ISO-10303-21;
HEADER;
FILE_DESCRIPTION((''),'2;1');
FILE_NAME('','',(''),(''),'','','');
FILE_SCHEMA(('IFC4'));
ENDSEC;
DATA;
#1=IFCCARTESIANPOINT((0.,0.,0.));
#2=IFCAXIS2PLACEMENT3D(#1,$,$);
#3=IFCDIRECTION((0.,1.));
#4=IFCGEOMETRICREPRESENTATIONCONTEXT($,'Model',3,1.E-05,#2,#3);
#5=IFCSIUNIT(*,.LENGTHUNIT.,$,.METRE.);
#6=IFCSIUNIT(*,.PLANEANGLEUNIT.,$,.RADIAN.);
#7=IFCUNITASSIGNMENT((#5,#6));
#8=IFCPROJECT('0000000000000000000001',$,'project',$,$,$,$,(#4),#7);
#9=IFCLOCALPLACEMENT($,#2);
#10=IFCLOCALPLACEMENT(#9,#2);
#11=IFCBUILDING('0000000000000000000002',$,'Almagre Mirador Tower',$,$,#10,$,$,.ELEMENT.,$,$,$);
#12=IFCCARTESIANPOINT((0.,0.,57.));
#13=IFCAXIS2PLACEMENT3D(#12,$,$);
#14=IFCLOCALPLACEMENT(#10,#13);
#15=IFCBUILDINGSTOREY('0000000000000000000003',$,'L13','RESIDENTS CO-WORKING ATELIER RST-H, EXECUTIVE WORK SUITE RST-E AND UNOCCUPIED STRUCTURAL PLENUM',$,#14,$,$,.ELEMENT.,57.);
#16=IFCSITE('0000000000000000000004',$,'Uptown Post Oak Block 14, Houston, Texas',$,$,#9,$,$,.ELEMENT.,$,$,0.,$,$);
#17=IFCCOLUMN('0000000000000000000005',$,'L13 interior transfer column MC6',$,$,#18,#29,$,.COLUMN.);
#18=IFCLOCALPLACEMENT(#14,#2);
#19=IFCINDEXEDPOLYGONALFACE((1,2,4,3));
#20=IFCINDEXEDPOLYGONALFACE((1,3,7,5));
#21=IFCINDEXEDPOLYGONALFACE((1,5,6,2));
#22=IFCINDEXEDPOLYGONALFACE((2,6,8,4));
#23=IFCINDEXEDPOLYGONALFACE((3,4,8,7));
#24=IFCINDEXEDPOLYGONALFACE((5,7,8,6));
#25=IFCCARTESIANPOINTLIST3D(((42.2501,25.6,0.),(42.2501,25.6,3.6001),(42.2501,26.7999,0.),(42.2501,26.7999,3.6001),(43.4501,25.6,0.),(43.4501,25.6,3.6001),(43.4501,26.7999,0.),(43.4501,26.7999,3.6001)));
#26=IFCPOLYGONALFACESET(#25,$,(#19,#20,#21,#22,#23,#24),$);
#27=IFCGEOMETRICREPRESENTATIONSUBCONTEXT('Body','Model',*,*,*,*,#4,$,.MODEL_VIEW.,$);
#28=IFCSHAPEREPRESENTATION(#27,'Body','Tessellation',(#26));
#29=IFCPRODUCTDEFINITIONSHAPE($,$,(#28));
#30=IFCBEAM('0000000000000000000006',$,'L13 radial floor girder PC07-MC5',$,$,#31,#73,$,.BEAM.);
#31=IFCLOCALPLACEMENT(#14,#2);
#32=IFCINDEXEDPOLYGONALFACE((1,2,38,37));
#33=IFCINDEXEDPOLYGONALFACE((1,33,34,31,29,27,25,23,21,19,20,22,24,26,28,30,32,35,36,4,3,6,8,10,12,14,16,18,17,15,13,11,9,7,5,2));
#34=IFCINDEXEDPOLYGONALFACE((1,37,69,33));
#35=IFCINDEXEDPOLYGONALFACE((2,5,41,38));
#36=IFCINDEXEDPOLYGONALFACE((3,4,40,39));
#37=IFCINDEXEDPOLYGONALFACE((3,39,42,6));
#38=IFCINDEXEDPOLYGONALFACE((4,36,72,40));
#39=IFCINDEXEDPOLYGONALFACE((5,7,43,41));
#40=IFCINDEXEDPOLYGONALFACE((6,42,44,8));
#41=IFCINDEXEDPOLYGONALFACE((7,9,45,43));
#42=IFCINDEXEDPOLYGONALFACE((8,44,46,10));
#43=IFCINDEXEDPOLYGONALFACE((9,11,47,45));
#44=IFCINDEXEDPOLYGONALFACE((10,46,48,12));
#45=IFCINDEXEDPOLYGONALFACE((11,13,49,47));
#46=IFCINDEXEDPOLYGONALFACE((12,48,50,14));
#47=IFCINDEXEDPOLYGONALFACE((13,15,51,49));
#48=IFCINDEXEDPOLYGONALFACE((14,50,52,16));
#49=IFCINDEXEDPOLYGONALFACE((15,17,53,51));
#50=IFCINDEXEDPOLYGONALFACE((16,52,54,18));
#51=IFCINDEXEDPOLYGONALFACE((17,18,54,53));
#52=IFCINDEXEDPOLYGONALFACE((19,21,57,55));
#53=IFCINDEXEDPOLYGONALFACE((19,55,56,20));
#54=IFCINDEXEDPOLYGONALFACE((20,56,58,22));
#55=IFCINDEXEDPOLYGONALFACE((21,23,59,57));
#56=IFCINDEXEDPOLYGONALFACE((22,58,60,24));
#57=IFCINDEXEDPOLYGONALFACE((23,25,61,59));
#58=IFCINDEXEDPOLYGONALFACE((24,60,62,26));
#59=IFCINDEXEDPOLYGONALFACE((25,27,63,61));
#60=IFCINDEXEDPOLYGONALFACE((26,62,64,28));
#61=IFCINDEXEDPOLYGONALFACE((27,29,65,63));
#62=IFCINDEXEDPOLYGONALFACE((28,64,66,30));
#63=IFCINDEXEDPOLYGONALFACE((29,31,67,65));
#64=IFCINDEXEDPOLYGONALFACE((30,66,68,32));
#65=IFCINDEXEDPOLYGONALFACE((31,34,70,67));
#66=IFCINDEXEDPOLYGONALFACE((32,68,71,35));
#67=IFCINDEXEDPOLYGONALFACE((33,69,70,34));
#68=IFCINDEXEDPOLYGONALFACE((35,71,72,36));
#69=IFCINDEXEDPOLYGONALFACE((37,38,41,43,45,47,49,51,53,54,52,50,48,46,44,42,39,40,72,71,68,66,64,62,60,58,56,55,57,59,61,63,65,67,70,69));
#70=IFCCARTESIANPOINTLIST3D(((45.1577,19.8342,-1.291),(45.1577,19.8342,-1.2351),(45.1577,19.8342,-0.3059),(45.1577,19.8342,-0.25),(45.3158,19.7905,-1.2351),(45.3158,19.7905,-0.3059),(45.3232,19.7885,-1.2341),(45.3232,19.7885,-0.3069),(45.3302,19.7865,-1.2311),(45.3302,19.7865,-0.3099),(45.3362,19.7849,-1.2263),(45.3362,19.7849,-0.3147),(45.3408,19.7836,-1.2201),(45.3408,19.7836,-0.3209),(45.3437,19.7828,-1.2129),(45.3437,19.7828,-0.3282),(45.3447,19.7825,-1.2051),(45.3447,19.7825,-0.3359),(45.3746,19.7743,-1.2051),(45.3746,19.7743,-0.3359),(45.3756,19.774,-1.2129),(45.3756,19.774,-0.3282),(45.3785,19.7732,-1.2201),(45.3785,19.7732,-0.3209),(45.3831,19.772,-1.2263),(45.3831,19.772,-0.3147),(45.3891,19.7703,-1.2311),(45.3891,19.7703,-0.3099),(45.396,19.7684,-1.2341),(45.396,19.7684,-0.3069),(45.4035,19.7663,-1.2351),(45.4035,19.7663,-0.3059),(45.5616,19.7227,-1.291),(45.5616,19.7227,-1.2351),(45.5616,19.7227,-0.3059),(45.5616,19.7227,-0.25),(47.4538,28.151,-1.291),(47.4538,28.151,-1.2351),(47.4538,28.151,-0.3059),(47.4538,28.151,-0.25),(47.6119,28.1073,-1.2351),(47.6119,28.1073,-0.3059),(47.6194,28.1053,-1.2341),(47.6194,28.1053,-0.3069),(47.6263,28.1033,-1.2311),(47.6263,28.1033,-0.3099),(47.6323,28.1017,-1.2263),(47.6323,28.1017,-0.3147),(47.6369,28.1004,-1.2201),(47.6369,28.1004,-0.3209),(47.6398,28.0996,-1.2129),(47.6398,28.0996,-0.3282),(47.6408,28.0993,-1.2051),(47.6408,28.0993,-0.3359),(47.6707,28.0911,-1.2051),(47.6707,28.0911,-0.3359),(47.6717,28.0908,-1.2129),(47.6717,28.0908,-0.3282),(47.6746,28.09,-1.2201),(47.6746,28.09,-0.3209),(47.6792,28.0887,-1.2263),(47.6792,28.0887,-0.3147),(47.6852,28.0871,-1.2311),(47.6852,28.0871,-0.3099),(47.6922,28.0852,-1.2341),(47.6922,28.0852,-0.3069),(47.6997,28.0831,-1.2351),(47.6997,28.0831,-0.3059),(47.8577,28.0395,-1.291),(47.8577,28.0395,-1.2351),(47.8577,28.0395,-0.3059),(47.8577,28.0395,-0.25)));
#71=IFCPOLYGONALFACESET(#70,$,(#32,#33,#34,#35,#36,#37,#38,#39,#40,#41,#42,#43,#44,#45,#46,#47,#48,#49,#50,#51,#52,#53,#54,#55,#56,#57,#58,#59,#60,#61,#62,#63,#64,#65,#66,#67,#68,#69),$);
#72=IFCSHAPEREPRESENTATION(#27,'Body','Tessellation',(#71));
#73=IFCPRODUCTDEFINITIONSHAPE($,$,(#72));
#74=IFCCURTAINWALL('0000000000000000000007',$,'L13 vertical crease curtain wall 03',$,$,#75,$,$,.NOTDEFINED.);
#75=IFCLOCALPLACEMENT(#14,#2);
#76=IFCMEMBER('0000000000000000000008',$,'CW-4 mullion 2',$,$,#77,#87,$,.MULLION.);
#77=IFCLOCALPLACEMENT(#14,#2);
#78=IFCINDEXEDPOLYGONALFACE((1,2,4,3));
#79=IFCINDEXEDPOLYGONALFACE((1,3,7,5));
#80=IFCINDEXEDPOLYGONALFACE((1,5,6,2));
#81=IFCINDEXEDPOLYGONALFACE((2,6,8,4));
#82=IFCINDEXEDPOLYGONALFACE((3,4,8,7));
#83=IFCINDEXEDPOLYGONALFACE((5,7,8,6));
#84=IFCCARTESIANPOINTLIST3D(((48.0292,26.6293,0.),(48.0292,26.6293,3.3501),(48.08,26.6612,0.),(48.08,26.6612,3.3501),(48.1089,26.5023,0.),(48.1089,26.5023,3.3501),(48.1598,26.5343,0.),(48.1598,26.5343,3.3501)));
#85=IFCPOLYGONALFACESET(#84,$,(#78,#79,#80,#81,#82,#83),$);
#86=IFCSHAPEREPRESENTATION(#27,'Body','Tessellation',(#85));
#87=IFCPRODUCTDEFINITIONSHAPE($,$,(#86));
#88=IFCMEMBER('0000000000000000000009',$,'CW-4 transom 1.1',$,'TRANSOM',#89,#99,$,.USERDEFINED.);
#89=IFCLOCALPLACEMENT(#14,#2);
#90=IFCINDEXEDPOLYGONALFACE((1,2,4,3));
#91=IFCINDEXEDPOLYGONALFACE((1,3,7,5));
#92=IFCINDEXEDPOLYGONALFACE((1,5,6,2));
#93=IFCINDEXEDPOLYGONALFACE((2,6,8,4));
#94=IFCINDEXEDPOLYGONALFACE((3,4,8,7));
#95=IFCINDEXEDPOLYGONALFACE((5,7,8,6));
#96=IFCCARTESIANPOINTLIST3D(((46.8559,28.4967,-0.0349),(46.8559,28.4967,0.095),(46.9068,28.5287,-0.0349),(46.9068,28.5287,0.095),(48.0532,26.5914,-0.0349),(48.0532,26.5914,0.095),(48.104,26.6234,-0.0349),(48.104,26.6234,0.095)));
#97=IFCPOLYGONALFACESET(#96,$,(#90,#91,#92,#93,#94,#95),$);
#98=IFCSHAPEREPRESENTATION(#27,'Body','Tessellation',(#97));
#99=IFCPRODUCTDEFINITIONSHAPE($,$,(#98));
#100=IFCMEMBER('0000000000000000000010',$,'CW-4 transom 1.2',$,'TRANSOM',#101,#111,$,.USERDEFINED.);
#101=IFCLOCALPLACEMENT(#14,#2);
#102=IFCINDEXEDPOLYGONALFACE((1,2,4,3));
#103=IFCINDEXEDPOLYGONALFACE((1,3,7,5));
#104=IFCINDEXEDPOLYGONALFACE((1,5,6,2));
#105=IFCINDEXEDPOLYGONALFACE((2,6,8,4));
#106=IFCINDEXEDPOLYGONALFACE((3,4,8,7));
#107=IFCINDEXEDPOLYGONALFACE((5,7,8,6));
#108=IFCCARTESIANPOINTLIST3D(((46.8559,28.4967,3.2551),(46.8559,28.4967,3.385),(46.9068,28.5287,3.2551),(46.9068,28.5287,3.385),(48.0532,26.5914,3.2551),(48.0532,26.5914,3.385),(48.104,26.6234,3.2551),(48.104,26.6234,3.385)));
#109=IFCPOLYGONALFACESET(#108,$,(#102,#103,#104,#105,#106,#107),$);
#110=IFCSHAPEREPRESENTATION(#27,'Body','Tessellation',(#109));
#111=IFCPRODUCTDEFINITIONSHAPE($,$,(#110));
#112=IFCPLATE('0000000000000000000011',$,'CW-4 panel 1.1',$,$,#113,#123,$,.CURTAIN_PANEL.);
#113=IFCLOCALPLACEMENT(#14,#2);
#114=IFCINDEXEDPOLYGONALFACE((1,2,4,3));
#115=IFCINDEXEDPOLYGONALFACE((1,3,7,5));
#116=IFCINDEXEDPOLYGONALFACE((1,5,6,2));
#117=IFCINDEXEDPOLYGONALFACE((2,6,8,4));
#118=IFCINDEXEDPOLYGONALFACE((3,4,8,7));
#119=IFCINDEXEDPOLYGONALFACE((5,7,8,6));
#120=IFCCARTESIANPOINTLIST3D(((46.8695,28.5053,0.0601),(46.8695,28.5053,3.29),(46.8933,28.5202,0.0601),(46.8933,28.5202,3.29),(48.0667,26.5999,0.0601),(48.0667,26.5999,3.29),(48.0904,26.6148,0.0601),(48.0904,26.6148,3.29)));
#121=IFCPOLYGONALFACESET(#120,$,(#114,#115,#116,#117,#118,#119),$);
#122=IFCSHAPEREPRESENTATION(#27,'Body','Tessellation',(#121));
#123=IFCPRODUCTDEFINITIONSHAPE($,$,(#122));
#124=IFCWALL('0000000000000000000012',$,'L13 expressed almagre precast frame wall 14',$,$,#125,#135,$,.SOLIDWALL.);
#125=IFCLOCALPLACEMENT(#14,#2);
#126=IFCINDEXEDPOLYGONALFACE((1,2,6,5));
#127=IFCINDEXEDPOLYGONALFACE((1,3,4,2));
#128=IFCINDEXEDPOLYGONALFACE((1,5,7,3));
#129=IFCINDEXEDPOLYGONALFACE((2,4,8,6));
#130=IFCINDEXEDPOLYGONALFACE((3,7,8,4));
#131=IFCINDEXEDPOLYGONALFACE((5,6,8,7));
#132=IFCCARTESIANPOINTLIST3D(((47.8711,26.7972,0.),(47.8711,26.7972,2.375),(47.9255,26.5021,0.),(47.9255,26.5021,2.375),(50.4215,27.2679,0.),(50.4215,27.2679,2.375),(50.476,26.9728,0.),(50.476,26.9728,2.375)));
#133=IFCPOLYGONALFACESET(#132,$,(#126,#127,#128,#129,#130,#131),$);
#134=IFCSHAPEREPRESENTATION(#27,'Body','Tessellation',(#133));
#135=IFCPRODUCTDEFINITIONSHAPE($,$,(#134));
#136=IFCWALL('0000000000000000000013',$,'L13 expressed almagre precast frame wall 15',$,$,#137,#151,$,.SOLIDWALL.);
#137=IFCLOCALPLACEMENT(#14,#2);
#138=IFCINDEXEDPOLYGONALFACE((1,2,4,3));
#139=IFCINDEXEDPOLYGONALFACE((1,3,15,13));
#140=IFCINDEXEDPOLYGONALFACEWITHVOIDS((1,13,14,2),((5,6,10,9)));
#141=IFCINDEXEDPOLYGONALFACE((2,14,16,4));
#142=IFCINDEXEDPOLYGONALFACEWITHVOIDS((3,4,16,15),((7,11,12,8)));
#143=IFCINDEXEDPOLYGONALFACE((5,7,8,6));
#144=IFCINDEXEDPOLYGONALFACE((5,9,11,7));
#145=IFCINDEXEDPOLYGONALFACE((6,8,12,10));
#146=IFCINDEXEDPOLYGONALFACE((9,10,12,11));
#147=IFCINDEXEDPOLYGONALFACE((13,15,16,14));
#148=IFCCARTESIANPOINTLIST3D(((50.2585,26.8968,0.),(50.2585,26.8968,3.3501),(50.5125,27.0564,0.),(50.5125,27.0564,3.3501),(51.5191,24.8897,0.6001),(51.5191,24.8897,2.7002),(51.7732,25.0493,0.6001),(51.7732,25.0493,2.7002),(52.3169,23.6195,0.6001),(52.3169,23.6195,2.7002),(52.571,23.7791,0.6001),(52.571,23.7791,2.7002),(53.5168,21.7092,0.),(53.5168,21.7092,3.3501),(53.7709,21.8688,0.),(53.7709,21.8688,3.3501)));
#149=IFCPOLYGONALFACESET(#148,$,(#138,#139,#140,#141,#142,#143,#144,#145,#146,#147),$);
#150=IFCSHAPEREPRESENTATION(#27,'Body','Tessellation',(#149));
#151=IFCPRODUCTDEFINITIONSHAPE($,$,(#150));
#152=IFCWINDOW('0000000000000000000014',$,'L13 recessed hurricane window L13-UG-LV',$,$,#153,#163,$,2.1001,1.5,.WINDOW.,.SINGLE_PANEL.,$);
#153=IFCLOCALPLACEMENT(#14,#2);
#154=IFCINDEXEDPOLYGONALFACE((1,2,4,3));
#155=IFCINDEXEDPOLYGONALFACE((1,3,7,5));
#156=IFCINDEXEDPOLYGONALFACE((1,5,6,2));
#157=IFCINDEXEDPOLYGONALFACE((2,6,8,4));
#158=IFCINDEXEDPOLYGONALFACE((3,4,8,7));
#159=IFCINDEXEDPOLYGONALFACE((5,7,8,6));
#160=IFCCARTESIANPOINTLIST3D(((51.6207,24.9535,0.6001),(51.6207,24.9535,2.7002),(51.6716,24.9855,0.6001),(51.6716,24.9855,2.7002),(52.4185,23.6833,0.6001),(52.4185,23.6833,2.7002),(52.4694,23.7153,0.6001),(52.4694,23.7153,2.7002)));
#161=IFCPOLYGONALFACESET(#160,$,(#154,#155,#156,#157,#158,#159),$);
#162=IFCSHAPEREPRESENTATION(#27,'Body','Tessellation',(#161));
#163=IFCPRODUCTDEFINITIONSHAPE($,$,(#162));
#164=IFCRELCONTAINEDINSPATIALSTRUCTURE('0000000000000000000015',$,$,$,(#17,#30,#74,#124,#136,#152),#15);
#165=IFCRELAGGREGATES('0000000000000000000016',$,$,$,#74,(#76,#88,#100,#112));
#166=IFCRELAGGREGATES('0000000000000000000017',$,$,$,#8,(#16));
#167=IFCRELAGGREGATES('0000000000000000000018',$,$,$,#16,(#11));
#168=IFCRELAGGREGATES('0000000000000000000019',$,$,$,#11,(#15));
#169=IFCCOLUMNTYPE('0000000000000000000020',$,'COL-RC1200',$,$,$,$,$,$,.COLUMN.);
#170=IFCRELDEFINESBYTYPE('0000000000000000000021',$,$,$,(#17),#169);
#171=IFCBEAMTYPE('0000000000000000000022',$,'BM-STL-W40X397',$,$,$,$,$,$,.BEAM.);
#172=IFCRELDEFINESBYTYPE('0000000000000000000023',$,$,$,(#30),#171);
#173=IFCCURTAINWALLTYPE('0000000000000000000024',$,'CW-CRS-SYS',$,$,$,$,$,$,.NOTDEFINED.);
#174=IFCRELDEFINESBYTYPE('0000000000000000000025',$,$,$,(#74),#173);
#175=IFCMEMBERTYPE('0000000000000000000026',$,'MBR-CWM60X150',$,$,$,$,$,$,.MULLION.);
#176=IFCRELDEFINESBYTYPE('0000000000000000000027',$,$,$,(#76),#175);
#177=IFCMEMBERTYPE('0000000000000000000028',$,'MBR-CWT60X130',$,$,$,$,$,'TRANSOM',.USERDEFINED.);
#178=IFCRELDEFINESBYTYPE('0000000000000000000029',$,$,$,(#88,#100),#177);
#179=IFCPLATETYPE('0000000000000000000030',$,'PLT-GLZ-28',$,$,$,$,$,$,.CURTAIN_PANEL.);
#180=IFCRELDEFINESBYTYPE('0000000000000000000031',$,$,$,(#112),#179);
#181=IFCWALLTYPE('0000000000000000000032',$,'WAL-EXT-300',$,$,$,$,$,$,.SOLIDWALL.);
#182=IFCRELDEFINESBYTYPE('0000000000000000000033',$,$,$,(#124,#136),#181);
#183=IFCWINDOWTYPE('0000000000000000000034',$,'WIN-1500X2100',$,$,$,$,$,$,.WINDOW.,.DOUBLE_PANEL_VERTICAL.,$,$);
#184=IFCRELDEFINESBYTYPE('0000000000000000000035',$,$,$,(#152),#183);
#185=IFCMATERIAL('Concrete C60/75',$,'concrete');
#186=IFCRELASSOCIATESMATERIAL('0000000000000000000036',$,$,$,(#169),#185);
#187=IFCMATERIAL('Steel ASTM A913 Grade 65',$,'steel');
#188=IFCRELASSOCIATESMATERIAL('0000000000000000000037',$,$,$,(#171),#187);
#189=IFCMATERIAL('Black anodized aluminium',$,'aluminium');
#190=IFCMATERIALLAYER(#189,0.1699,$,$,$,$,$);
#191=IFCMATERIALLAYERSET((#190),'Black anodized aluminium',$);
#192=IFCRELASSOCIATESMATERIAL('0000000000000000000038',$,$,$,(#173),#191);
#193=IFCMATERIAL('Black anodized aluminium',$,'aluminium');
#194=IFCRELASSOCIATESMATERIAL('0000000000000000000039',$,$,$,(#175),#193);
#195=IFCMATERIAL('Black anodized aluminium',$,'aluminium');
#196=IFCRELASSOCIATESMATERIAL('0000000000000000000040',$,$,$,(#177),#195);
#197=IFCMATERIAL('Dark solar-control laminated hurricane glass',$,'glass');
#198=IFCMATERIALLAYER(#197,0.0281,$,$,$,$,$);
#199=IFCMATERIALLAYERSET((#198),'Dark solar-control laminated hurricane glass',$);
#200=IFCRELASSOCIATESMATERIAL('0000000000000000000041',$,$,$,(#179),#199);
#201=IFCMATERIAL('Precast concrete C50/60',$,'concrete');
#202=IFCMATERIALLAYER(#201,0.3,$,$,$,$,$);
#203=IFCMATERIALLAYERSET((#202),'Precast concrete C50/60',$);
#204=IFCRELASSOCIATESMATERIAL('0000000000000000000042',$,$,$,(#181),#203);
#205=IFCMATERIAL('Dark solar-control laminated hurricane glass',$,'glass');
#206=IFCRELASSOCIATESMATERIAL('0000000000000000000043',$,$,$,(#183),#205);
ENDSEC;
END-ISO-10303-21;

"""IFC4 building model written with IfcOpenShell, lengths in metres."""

from ifc_helpers import new_model, si_unit, direction, frame, frame_2d, origin, origin_2d, place, context, subcontext, project, spatial, rectangle, i_section, extrude, material, layer, layer_set, material_profile, profile_set, type_object, element, fill, aggregate, save


model = new_model("IFC4")

# Units and contexts
model_context = context("Model", 3, precision=1e-05, world=origin(), true_north=direction((0.0, 1.0)))
body_context = subcontext(model_context, "Body", "Model", "MODEL_VIEW")
ifc_project = project(units=[si_unit("LENGTHUNIT", "METRE"), si_unit("PLANEANGLEUNIT", "RADIAN")], contexts=[model_context])

# Site, building, storey
site_placement = place(None, origin())
site = spatial("IfcSite", under=ifc_project, at=site_placement, Name="Uptown Post Oak Block 14, Houston, Texas", CompositionType="ELEMENT", RefElevation=0.0)
building_placement = place(site_placement, origin())
building = spatial("IfcBuilding", under=site, at=building_placement, Name="Almagre Mirador Tower", CompositionType="ELEMENT")
storey_placement = place(building_placement, frame((0.0, 0.0, 57.0)))
storey = spatial("IfcBuildingStorey", under=building, at=storey_placement, Name="L13", Description="RESIDENTS CO-WORKING ATELIER RST-H, EXECUTIVE WORK SUITE RST-E AND UNOCCUPIED STRUCTURAL PLENUM", CompositionType="ELEMENT", Elevation=57.0)

# Column
ifc_material_1 = material(Name="Concrete C60/75", Category="concrete")
ifc_material_profile_1 = material_profile(ifc_material_1, rectangle(XDim=1.2, YDim=1.2, at=origin_2d()), Name="RC1200X1200")
ifc_profile_set_1 = profile_set([ifc_material_profile_1], Name="Concrete C60/75")
column_type = type_object("IfcColumnType", Name="COL-RC1200", PredefinedType="COLUMN", material=ifc_profile_set_1)
column_placement = place(storey_placement, frame((42.8501, 26.2, 0.0), z_axis=(0.0, 0.0, 1.0), x_axis=(1.0, 0.0, 0.0)))
element("IfcColumn", 1, at=column_placement, inside=storey, type_object=column_type, Name="L13 interior transfer column MC6", PredefinedType="COLUMN", context=body_context, shape_type="SweptSolid", body=[
    extrude(rectangle(XDim=1.2, YDim=1.2, at=origin_2d()), origin(), (0.0, 0.0, 1.0), 3.6001),
])

# Beam
ifc_material_2 = material(Name="Steel ASTM A913 Grade 65", Category="steel")
ifc_material_profile_2 = material_profile(ifc_material_2, i_section(OverallWidth=0.4189, OverallDepth=1.041, WebThickness=0.031, FlangeThickness=0.0559, FilletRadius=0.03, at=origin_2d()), Name="W40X397")
ifc_profile_set_2 = profile_set([ifc_material_profile_2], Name="Steel ASTM A913 Grade 65")
beam_type = type_object("IfcBeamType", Name="BM-STL-W40X397", PredefinedType="BEAM", material=ifc_profile_set_2)
beam_placement = place(storey_placement, frame((47.6558, 28.0952, -0.7705), z_axis=(-0.266126, -0.963938, 0.0), x_axis=(0.963938, -0.266126, 0.0)))
element("IfcBeam", 2, at=beam_placement, inside=storey, type_object=beam_type, Name="L13 radial floor girder PC07-MC5", PredefinedType="BEAM", context=body_context, shape_type="SweptSolid", body=[
    extrude(i_section(OverallWidth=0.4189, OverallDepth=1.041, WebThickness=0.031, FlangeThickness=0.0559, FilletRadius=0.03, at=origin_2d()), origin(), (0.0, 0.0, 1.0), 8.6279),
])

# Curtain wall, members, plate
ifc_material_3 = material(Name="Black anodized aluminium", Category="aluminium")
ifc_layer_1 = layer(ifc_material_3, 0.1699)
ifc_layer_set_1 = layer_set([ifc_layer_1], Name="Black anodized aluminium")
curtain_wall_type = type_object("IfcCurtainWallType", Name="CW-CRS-SYS", PredefinedType="NOTDEFINED", material=ifc_layer_set_1)
curtain_wall_placement = place(storey_placement, origin())
curtain_wall = element("IfcCurtainWall", 3, at=curtain_wall_placement, inside=storey, type_object=curtain_wall_type, Name="L13 vertical crease curtain wall 03", PredefinedType="NOTDEFINED")
ifc_material_4 = material(Name="Black anodized aluminium", Category="aluminium")
ifc_material_profile_3 = material_profile(ifc_material_4, rectangle(XDim=0.0601, YDim=0.1499, at=origin_2d()), Name="CWM60X150")
ifc_profile_set_3 = profile_set([ifc_material_profile_3], Name="Black anodized aluminium")
member_type_1 = type_object("IfcMemberType", Name="MBR-CWM60X150", PredefinedType="MULLION", material=ifc_profile_set_3)
member_1_placement = place(storey_placement, frame((48.0945, 26.5818, 0.0), z_axis=(0.0, 0.0, 1.0), x_axis=(0.84674, 0.532007, 0.0)))
member_1 = element("IfcMember", 4, at=member_1_placement, type_object=member_type_1, Name="CW-4 mullion 2", PredefinedType="MULLION", context=body_context, shape_type="SweptSolid", body=[
    extrude(rectangle(XDim=0.0601, YDim=0.1499, at=origin_2d()), origin(), (0.0, 0.0, 1.0), 3.3501),
])
ifc_material_5 = material(Name="Black anodized aluminium", Category="aluminium")
ifc_material_profile_4 = material_profile(ifc_material_5, rectangle(XDim=0.0601, YDim=0.1299, at=origin_2d()), Name="CWT60X130")
ifc_profile_set_4 = profile_set([ifc_material_profile_4], Name="Black anodized aluminium")
member_type_2 = type_object("IfcMemberType", Name="MBR-CWT60X130", ElementType="TRANSOM", PredefinedType="USERDEFINED", material=ifc_profile_set_4)
member_2_placement = place(storey_placement, frame((46.8813, 28.5127, 0.03), z_axis=(0.532065, -0.846704, 0.0), x_axis=(0.846704, 0.532065, 0.0)))
member_2 = element("IfcMember", 5, at=member_2_placement, type_object=member_type_2, Name="CW-4 transom 1.1", ObjectType="TRANSOM", PredefinedType="USERDEFINED", context=body_context, shape_type="SweptSolid", body=[
    extrude(rectangle(XDim=0.0601, YDim=0.1299, at=origin_2d()), origin(), (0.0, 0.0, 1.0), 2.2502),
])
member_3_placement = place(storey_placement, frame((46.8813, 28.5127, 3.3201), z_axis=(0.532065, -0.846704, 0.0), x_axis=(0.846704, 0.532065, 0.0)))
member_3 = element("IfcMember", 6, at=member_3_placement, type_object=member_type_2, Name="CW-4 transom 1.2", ObjectType="TRANSOM", PredefinedType="USERDEFINED", context=body_context, shape_type="SweptSolid", body=[
    extrude(rectangle(XDim=0.0601, YDim=0.1299, at=origin_2d()), origin(), (0.0, 0.0, 1.0), 2.2502),
])
ifc_material_6 = material(Name="Dark solar-control laminated hurricane glass", Category="glass")
ifc_layer_2 = layer(ifc_material_6, 0.0281)
ifc_layer_set_2 = layer_set([ifc_layer_2], Name="Dark solar-control laminated hurricane glass")
plate_type = type_object("IfcPlateType", Name="PLT-GLZ-28", PredefinedType="CURTAIN_PANEL", material=ifc_layer_set_2)
plate_placement = place(storey_placement, frame((47.48, 27.5601, 0.0601), z_axis=(0.0, 0.0, 1.0), x_axis=(0.532007, -0.84674, 0.0)))
plate = element("IfcPlate", 7, at=plate_placement, type_object=plate_type, Name="CW-4 panel 1.1", PredefinedType="CURTAIN_PANEL", context=body_context, shape_type="SweptSolid", body=[
    extrude(rectangle(XDim=2.2502, YDim=0.0281, at=origin_2d()), origin(), (0.0, 0.0, 1.0), 3.23),
])
aggregate(curtain_wall, [member_1, member_2, member_3, plate])

# Wall
ifc_material_7 = material(Name="Precast concrete C50/60", Category="concrete")
ifc_layer_3 = layer(ifc_material_7, 0.3)
ifc_layer_set_3 = layer_set([ifc_layer_3], Name="Precast concrete C50/60")
wall_type_1 = type_object("IfcWallType", Name="WAL-EXT-300", PredefinedType="SOLIDWALL", material=ifc_layer_set_3)
wall_1_placement = place(storey_placement, frame((47.8982, 26.6497, 0.0), z_axis=(0.0, 0.0, 1.0), x_axis=(0.983394, 0.181486, 0.0)))
element("IfcWall", 8, at=wall_1_placement, inside=storey, type_object=wall_type_1, Name="L13 expressed almagre precast frame wall 14", PredefinedType="SOLIDWALL", context=body_context, shape_type="SweptSolid", body=[
    extrude(rectangle(XDim=2.5935, YDim=0.3, at=frame_2d((1.2969, 0.0))), origin(), (0.0, 0.0, 1.0), 2.375),
])

# Wall, opening, window
wall_2_placement = place(storey_placement, frame((50.3855, 26.9766, 0.0), z_axis=(0.0, 0.0, 1.0), x_axis=(0.531889, -0.846814, 0.0)))
wall_2 = element("IfcWall", 9, at=wall_2_placement, inside=storey, type_object=wall_type_1, Name="L13 expressed almagre precast frame wall 15", PredefinedType="SOLIDWALL", context=body_context, shape_type="SweptSolid", body=[
    extrude(rectangle(XDim=6.126, YDim=0.3, at=frame_2d((3.063, 0.0))), origin(), (0.0, 0.0, 1.0), 3.3501),
])
opening_1_placement = place(wall_2_placement, frame((2.3701, 0.0, 0.6001)))
opening_1 = element("IfcOpeningElement", 10, at=opening_1_placement, cuts=wall_2, PredefinedType="OPENING", context=body_context, shape_type="SweptSolid", body=[
    extrude(rectangle(XDim=1.5, YDim=2.1001, at=frame_2d((0.75, 1.05))), frame((0.0, 0.1599, 0.0), z_axis=(0.0, -1.0, 0.0), x_axis=(1.0, 0.0, 0.0)), (0.0, 0.0, 1.0), 0.32),
])
ifc_material_8 = material(Name="Dark solar-control laminated hurricane glass", Category="glass")
window_type = type_object("IfcWindowType", Name="WIN-1500X2100", PartitioningType="DOUBLE_PANEL_VERTICAL", PredefinedType="WINDOW", material=ifc_material_8)
window_placement = place(opening_1_placement, origin())
window = element("IfcWindow", 11, at=window_placement, inside=storey, type_object=window_type, Name="L13 recessed hurricane window L13-UG-LV", OverallHeight=2.1001, OverallWidth=1.5, PartitioningType="SINGLE_PANEL", PredefinedType="WINDOW", context=body_context, shape_type="SweptSolid", body=[
    extrude(rectangle(XDim=1.5, YDim=2.1001, at=frame_2d((0.75, 1.05))), frame((0.0, 0.03, 0.0), z_axis=(0.0, -1.0, 0.0), x_axis=(1.0, 0.0, 0.0)), (0.0, 0.0, 1.0), 0.0601),
])
fill(opening_1, window)

save(model, "model.ifc")
